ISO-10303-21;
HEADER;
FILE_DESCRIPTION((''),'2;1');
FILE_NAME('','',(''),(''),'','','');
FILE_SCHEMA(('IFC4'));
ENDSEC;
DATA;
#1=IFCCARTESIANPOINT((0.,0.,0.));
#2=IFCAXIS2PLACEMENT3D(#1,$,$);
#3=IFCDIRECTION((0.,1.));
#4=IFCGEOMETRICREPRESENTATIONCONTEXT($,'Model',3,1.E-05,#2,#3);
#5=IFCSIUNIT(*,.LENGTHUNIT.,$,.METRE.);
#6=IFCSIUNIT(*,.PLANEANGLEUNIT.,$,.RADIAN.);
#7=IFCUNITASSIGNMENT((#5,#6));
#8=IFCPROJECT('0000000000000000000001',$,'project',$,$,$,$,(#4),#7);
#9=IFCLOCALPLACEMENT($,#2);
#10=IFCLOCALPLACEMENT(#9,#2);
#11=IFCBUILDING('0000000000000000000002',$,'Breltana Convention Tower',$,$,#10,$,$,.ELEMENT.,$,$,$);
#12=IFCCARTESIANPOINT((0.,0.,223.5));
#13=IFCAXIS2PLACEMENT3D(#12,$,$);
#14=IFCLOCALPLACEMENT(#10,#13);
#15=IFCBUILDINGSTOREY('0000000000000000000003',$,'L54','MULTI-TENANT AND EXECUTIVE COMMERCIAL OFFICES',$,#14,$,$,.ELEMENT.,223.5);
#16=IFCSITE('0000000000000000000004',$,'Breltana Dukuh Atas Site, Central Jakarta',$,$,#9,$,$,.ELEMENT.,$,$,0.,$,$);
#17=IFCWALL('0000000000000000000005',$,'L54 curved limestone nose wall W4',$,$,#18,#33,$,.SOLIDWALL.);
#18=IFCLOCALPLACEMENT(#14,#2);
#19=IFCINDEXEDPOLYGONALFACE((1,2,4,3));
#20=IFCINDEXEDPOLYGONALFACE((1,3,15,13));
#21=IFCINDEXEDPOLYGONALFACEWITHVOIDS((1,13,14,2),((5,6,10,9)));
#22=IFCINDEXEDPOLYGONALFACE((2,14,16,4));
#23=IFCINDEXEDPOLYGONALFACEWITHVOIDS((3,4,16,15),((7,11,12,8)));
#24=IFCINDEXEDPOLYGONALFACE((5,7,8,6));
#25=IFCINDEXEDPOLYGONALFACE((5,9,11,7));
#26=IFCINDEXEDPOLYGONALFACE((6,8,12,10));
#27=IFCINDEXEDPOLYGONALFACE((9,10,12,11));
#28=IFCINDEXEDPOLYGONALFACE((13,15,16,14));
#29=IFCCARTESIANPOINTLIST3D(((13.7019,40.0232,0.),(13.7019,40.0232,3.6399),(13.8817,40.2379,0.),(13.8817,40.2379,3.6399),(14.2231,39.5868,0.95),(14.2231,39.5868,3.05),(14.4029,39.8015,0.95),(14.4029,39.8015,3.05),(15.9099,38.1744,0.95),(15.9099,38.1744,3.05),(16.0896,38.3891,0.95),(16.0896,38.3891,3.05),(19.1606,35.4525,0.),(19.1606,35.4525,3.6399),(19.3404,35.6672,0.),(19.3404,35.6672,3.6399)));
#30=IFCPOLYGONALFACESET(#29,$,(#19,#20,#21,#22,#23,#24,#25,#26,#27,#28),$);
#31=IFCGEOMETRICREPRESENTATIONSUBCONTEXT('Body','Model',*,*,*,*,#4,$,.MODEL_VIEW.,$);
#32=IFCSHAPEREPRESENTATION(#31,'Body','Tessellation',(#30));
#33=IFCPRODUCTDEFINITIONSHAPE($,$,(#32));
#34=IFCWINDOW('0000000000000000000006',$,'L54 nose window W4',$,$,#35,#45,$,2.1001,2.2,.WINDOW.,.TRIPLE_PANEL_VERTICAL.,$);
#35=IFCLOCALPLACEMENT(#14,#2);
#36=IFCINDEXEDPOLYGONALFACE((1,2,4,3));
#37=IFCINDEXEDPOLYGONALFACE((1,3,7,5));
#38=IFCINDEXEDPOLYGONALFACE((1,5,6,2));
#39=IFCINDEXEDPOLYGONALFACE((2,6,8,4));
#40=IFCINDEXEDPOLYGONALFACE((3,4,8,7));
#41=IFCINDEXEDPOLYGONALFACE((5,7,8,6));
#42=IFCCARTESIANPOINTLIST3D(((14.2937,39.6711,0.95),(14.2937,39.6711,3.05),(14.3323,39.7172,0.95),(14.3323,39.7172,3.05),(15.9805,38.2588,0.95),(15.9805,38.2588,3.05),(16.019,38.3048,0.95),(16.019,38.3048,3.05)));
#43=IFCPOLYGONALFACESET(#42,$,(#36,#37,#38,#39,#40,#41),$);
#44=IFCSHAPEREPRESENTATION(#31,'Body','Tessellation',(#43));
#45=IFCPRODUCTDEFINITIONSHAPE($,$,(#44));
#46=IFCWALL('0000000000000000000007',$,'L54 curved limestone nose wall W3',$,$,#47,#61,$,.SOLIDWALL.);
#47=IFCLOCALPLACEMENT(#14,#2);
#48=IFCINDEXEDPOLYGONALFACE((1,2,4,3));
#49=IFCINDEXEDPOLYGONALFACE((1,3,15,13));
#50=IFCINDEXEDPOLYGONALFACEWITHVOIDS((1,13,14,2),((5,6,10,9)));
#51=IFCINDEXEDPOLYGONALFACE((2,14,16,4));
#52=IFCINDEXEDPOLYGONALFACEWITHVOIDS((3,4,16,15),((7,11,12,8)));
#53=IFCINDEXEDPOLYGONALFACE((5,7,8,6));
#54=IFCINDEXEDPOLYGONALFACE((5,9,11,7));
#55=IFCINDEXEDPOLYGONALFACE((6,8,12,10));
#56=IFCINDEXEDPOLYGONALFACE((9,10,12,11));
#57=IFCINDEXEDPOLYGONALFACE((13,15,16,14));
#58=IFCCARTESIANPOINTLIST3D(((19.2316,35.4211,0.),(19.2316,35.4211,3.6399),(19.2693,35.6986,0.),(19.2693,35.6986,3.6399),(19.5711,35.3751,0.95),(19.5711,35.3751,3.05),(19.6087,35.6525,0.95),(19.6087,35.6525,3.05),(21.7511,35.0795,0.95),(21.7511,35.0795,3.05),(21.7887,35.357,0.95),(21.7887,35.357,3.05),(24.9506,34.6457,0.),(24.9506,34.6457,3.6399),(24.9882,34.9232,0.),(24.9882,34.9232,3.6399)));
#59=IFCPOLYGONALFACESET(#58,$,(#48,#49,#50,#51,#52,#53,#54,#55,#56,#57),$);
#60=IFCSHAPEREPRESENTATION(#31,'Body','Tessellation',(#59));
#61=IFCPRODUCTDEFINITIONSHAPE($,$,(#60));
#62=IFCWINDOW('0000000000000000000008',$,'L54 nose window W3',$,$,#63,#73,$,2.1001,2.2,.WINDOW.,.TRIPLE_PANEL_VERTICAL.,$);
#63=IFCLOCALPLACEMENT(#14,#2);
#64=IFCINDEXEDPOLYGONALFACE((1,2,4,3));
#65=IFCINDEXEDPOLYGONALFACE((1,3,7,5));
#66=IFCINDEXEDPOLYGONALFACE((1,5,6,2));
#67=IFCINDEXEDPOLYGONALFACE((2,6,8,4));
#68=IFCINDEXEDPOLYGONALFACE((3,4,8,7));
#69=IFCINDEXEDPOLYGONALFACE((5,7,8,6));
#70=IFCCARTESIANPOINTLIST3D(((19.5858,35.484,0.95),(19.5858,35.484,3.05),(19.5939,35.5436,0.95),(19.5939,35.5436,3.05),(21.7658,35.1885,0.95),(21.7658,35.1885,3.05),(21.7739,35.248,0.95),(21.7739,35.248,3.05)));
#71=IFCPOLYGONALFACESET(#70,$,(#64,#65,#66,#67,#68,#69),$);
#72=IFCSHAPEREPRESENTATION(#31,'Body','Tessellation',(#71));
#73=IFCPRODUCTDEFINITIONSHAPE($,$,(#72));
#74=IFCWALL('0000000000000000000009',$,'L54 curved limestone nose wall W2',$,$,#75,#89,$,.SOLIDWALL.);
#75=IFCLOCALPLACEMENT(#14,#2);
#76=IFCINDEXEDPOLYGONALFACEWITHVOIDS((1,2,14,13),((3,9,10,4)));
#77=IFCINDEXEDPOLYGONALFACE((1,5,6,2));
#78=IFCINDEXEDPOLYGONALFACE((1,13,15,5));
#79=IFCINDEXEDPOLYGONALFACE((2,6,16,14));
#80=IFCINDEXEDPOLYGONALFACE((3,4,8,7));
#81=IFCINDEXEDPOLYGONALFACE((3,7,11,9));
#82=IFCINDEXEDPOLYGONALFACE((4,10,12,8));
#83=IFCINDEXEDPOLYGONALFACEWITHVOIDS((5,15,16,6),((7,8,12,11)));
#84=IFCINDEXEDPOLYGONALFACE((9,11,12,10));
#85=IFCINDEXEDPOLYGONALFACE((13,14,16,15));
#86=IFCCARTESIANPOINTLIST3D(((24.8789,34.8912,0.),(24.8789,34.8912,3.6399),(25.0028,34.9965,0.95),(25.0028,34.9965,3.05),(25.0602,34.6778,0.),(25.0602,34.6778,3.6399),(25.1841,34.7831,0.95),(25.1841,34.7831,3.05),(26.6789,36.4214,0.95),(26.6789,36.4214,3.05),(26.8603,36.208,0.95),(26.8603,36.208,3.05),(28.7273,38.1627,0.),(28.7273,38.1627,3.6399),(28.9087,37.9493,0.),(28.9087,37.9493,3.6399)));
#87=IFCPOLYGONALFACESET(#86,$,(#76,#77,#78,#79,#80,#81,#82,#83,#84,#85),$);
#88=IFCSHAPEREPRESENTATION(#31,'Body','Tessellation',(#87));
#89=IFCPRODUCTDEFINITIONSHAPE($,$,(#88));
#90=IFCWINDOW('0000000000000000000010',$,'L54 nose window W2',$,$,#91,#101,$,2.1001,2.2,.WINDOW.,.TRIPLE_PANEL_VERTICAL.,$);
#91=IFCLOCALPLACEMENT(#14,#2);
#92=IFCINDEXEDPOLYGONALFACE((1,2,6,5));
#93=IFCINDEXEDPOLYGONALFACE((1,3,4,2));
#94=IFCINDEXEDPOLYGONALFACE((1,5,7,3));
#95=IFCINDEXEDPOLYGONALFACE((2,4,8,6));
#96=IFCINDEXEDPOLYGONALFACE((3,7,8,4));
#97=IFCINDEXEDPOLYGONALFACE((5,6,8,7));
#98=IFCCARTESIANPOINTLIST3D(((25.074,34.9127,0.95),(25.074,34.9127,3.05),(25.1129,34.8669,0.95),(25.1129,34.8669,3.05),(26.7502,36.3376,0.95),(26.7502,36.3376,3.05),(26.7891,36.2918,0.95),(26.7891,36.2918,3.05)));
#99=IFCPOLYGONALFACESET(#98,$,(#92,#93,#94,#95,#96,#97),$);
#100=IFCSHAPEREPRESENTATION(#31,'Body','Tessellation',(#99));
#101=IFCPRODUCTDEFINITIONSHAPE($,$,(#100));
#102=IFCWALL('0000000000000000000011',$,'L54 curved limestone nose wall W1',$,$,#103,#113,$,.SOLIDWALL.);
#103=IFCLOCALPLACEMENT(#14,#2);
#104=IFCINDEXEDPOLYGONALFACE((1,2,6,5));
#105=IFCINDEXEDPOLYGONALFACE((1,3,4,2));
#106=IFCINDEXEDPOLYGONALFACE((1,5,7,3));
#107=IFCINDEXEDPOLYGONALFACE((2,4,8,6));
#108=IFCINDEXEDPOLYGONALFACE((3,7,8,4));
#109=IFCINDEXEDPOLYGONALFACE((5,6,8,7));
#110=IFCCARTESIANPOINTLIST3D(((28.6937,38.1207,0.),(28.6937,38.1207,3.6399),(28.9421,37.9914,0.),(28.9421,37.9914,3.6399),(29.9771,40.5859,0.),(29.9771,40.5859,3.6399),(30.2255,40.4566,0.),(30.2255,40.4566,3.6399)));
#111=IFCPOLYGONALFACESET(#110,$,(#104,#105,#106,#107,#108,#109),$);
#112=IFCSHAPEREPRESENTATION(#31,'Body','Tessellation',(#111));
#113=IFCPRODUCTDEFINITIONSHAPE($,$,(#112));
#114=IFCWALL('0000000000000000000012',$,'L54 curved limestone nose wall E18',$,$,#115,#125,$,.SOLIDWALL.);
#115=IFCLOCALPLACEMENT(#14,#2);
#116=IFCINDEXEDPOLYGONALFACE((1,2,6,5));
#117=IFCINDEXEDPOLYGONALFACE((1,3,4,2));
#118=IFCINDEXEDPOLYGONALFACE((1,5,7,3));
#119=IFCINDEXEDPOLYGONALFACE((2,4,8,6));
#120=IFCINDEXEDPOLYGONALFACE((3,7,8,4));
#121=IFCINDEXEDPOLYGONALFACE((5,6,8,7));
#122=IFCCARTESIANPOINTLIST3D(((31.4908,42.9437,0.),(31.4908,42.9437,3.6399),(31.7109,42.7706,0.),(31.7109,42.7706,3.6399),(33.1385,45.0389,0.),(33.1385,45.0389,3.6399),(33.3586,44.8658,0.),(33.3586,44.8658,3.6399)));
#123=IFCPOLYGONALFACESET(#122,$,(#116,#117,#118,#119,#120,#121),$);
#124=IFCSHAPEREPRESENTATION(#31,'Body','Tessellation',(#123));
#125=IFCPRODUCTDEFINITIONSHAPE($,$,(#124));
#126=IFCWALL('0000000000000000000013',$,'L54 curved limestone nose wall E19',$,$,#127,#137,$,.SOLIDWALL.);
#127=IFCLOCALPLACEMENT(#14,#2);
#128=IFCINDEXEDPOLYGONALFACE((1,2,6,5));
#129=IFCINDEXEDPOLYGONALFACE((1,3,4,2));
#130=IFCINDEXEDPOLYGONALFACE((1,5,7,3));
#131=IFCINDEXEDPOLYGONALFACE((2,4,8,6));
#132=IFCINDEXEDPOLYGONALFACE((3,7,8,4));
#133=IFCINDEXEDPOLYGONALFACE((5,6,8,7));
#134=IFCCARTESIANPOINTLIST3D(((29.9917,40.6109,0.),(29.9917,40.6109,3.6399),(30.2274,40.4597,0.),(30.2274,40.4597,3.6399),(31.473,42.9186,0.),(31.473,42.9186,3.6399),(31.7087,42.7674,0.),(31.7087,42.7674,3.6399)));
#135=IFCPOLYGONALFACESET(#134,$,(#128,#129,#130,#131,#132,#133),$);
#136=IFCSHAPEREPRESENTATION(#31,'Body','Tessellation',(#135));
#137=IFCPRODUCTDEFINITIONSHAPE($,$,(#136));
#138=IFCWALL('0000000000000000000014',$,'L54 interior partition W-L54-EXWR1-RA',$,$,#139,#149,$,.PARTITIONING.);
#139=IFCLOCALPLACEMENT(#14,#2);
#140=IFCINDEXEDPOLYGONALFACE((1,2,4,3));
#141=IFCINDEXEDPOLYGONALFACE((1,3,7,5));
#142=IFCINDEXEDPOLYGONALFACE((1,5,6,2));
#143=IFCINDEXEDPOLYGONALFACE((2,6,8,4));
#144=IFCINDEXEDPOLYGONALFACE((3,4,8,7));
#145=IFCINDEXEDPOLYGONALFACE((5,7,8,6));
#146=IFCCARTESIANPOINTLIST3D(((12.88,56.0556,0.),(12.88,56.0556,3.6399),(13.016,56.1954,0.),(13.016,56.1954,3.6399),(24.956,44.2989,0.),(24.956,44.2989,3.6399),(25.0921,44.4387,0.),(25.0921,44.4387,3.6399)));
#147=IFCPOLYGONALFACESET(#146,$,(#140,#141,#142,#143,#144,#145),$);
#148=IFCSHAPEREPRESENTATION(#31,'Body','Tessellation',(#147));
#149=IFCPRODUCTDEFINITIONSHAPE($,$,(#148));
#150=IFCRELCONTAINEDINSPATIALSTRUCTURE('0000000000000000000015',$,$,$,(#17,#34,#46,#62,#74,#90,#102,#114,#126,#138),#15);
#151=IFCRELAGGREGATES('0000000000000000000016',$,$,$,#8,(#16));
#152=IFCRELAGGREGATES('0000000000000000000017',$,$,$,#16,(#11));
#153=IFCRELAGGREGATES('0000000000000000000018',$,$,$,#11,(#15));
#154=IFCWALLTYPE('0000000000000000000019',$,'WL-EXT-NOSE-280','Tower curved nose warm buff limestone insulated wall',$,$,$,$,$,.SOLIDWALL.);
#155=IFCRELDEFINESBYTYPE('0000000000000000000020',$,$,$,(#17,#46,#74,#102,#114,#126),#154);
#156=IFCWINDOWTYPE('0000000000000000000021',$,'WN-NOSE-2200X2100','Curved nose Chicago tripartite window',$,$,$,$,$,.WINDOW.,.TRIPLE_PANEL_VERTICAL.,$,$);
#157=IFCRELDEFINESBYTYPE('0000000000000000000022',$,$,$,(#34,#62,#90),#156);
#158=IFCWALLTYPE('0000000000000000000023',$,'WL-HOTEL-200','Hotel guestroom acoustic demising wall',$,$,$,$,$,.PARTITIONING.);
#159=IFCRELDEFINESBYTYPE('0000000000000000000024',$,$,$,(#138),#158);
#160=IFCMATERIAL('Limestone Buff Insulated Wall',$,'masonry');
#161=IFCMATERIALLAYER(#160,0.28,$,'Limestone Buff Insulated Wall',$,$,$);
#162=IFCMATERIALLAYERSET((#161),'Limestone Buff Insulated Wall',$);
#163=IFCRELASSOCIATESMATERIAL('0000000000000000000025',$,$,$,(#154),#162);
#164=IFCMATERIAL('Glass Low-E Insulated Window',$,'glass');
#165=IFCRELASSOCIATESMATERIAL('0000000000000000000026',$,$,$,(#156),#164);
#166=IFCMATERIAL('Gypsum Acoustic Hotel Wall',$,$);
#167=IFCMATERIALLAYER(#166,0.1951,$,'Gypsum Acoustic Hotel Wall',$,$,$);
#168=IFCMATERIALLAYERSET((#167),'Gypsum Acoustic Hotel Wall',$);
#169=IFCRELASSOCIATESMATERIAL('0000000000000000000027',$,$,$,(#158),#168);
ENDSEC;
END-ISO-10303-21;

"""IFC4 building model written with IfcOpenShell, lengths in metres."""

from ifc_helpers import new_model, si_unit, direction, frame, frame_2d, origin, place, context, subcontext, project, spatial, rectangle, extrude, source, transform, mapped, material, layer, layer_set, type_object, type_shapes, element, fill, save


model = new_model("IFC4")

# Units and contexts
model_context = context("Model", 3, precision=1e-05, world=origin(), true_north=direction((0.0, 1.0)))
body_context = subcontext(model_context, "Body", "Model", "MODEL_VIEW")
ifc_project = project(units=[si_unit("LENGTHUNIT", "METRE"), si_unit("PLANEANGLEUNIT", "RADIAN")], contexts=[model_context])

# Site, building, storey
site_placement = place(None, origin())
site = spatial("IfcSite", under=ifc_project, at=site_placement, Name="Breltana Dukuh Atas Site, Central Jakarta", CompositionType="ELEMENT", RefElevation=0.0)
building_placement = place(site_placement, origin())
building = spatial("IfcBuilding", under=site, at=building_placement, Name="Breltana Convention Tower", CompositionType="ELEMENT")
storey_placement = place(building_placement, frame((0.0, 0.0, 223.5)))
storey = spatial("IfcBuildingStorey", under=building, at=storey_placement, Name="L54", Description="MULTI-TENANT AND EXECUTIVE COMMERCIAL OFFICES", CompositionType="ELEMENT", Elevation=223.5)

# Walls, openings, windows
ifc_material_1 = material(Name="Limestone Buff Insulated Wall", Category="masonry")
ifc_layer_1 = layer(ifc_material_1, 0.28, Name="Limestone Buff Insulated Wall")
ifc_layer_set_1 = layer_set([ifc_layer_1], Name="Limestone Buff Insulated Wall")
wall_type_1 = type_object("IfcWallType", Name="WL-EXT-NOSE-280", Description="Tower curved nose warm buff limestone insulated wall", PredefinedType="SOLIDWALL", material=ifc_layer_set_1)
ifc_material_2 = material(Name="Glass Low-E Insulated Window", Category="glass")
window_type = type_object("IfcWindowType", Name="WN-NOSE-2200X2100", Description="Curved nose Chicago tripartite window", PartitioningType="TRIPLE_PANEL_VERTICAL", PredefinedType="WINDOW", material=ifc_material_2)
shared_shape_1 = source(origin(), body_context, "Body", "SweptSolid", [
    extrude(rectangle(XDim=2.2, YDim=2.1001, at=frame_2d((1.1001, 1.05))), frame((0.0, 0.03, 0.0), z_axis=(0.0, -1.0, 0.0), x_axis=(1.0, 0.0, 0.0)), (0.0, 0.0, 1.0), 0.0601),
])
type_shapes(window_type, [shared_shape_1])
shared_shape_2 = source(origin(), body_context, "Body", "SweptSolid", [
    extrude(rectangle(XDim=7.1196, YDim=0.28, at=frame_2d((3.5598, 0.0))), origin(), (0.0, 0.0, 1.0), 3.6399),
])
wall_1_placement = place(storey_placement, frame((19.2505, 35.5598, 0.0), z_axis=(0.0, 0.0, 1.0), x_axis=(-0.76671, 0.641994, 0.0)))
wall_1 = element("IfcWall", 1, at=wall_1_placement, inside=storey, type_object=wall_type_1, Name="L54 curved limestone nose wall W4", PredefinedType="SOLIDWALL", context=body_context, shape_type="MappedRepresentation", body=[
    mapped(shared_shape_2, transform((0.0, 0.0, 0.0), scale=1.0)),
])
opening_1_placement = place(wall_1_placement, frame((4.2397, 0.0, 0.95)))
opening_1 = element("IfcOpeningElement", 2, at=opening_1_placement, cuts=wall_1, PredefinedType="OPENING", context=body_context, shape_type="SweptSolid", body=[
    extrude(rectangle(XDim=2.2, YDim=2.1001, at=frame_2d((1.1001, 1.05))), frame((0.0, 0.1499, 0.0), z_axis=(0.0, -1.0, 0.0), x_axis=(1.0, 0.0, 0.0)), (0.0, 0.0, 1.0), 0.3),
])
window_1_placement = place(opening_1_placement, origin())
window_1 = element("IfcWindow", 3, at=window_1_placement, inside=storey, type_object=window_type, Name="L54 nose window W4", OverallHeight=2.1001, OverallWidth=2.2, PartitioningType="TRIPLE_PANEL_VERTICAL", PredefinedType="WINDOW", context=body_context, shape_type="MappedRepresentation", body=[
    mapped(shared_shape_1, transform((0.0, 0.0, 0.0), scale=1.0)),
])
fill(opening_1, window_1)
shared_shape_3 = source(origin(), body_context, "Body", "SweptSolid", [
    extrude(rectangle(XDim=5.7712, YDim=0.28, at=frame_2d((2.8857, 0.0))), origin(), (0.0, 0.0, 1.0), 3.6399),
])
wall_2_placement = place(storey_placement, frame((24.9695, 34.7844, 0.0), z_axis=(0.0, 0.0, 1.0), x_axis=(-0.990934, 0.134352, 0.0)))
wall_2 = element("IfcWall", 4, at=wall_2_placement, inside=storey, type_object=wall_type_1, Name="L54 curved limestone nose wall W3", PredefinedType="SOLIDWALL", context=body_context, shape_type="MappedRepresentation", body=[
    mapped(shared_shape_3, transform((0.0, 0.0, 0.0), scale=1.0)),
])
opening_2_placement = place(wall_2_placement, frame((3.2288, 0.0, 0.95)))
opening_2 = element("IfcOpeningElement", 5, at=opening_2_placement, cuts=wall_2, PredefinedType="OPENING", context=body_context, shape_type="SweptSolid", body=[
    extrude(rectangle(XDim=2.2, YDim=2.1001, at=frame_2d((1.1001, 1.05))), frame((0.0, 0.1499, 0.0), z_axis=(0.0, -1.0, 0.0), x_axis=(1.0, 0.0, 0.0)), (0.0, 0.0, 1.0), 0.3),
])
window_2_placement = place(opening_2_placement, origin())
window_2 = element("IfcWindow", 6, at=window_2_placement, inside=storey, type_object=window_type, Name="L54 nose window W3", OverallHeight=2.1001, OverallWidth=2.2, PartitioningType="TRIPLE_PANEL_VERTICAL", PredefinedType="WINDOW", context=body_context, shape_type="MappedRepresentation", body=[
    mapped(shared_shape_1, transform((0.0, 0.0, 0.0), scale=1.0)),
])
fill(opening_2, window_2)
shared_shape_4 = source(origin(), body_context, "Body", "SweptSolid", [
    extrude(rectangle(XDim=5.051, YDim=0.28, at=frame_2d((2.5254, 0.0))), origin(), (0.0, 0.0, 1.0), 3.6399),
])
wall_3_placement = place(storey_placement, frame((28.8179, 38.0559, 0.0), z_axis=(0.0, 0.0, 1.0), x_axis=(-0.761905, -0.647689, 0.0)))
wall_3 = element("IfcWall", 7, at=wall_3_placement, inside=storey, type_object=wall_type_1, Name="L54 curved limestone nose wall W2", PredefinedType="SOLIDWALL", context=body_context, shape_type="MappedRepresentation", body=[
    mapped(shared_shape_4, transform((0.0, 0.0, 0.0), scale=1.0)),
])
opening_3_placement = place(wall_3_placement, frame((2.6882, 0.0, 0.95)))
opening_3 = element("IfcOpeningElement", 8, at=opening_3_placement, cuts=wall_3, PredefinedType="OPENING", context=body_context, shape_type="SweptSolid", body=[
    extrude(rectangle(XDim=2.2, YDim=2.1001, at=frame_2d((1.1001, 1.05))), frame((0.0, 0.1499, 0.0), z_axis=(0.0, -1.0, 0.0), x_axis=(1.0, 0.0, 0.0)), (0.0, 0.0, 1.0), 0.3),
])
window_3_placement = place(opening_3_placement, origin())
window_3 = element("IfcWindow", 9, at=window_3_placement, inside=storey, type_object=window_type, Name="L54 nose window W2", OverallHeight=2.1001, OverallWidth=2.2, PartitioningType="TRIPLE_PANEL_VERTICAL", PredefinedType="WINDOW", context=body_context, shape_type="MappedRepresentation", body=[
    mapped(shared_shape_1, transform((0.0, 0.0, 0.0), scale=1.0)),
])
fill(opening_3, window_3)

# Walls
shared_shape_5 = source(origin(), body_context, "Body", "SweptSolid", [
    extrude(rectangle(XDim=2.7793, YDim=0.28, at=frame_2d((1.3896, 0.0))), origin(), (0.0, 0.0, 1.0), 3.6399),
])
wall_4_placement = place(storey_placement, frame((30.1013, 40.5212, 0.0), z_axis=(0.0, 0.0, 1.0), x_axis=(-0.46177, -0.887, 0.0)))
element("IfcWall", 10, at=wall_4_placement, inside=storey, type_object=wall_type_1, Name="L54 curved limestone nose wall W1", PredefinedType="SOLIDWALL", context=body_context, shape_type="MappedRepresentation", body=[
    mapped(shared_shape_5, transform((0.0, 0.0, 0.0), scale=1.0)),
])
shared_shape_6 = source(origin(), body_context, "Body", "SweptSolid", [
    extrude(rectangle(XDim=2.6655, YDim=0.28, at=frame_2d((1.3328, 0.0))), origin(), (0.0, 0.0, 1.0), 3.6399),
])
wall_5_placement = place(storey_placement, frame((33.2485, 44.9524, 0.0), z_axis=(0.0, 0.0, 1.0), x_axis=(-0.618161, -0.786051, 0.0)))
element("IfcWall", 11, at=wall_5_placement, inside=storey, type_object=wall_type_1, Name="L54 curved limestone nose wall E18", PredefinedType="SOLIDWALL", context=body_context, shape_type="MappedRepresentation", body=[
    mapped(shared_shape_6, transform((0.0, 0.0, 0.0), scale=1.0)),
])
shared_shape_7 = source(origin(), body_context, "Body", "SweptSolid", [
    extrude(rectangle(XDim=2.7422, YDim=0.28, at=frame_2d((1.3711, 0.0))), origin(), (0.0, 0.0, 1.0), 3.6399),
])
wall_6_placement = place(storey_placement, frame((31.5908, 42.843, 0.0), z_axis=(0.0, 0.0, 1.0), x_axis=(-0.540172, -0.841554, 0.0)))
element("IfcWall", 12, at=wall_6_placement, inside=storey, type_object=wall_type_1, Name="L54 curved limestone nose wall E19", PredefinedType="SOLIDWALL", context=body_context, shape_type="MappedRepresentation", body=[
    mapped(shared_shape_7, transform((0.0, 0.0, 0.0), scale=1.0)),
])

# Shared definitions
ifc_material_3 = material(Name="Gypsum Acoustic Hotel Wall")
ifc_layer_2 = layer(ifc_material_3, 0.1951, Name="Gypsum Acoustic Hotel Wall")
ifc_layer_set_2 = layer_set([ifc_layer_2], Name="Gypsum Acoustic Hotel Wall")
wall_type_2 = type_object("IfcWallType", Name="WL-HOTEL-200", Description="Hotel guestroom acoustic demising wall", PredefinedType="PARTITIONING", material=ifc_layer_set_2)

# Wall
shared_shape_8 = source(origin(), body_context, "Body", "SweptSolid", [
    extrude(rectangle(XDim=16.8538, YDim=0.1951, at=frame_2d((8.4268, 0.0))), origin(), (0.0, 0.0, 1.0), 3.6399),
])
wall_7_placement = place(storey_placement, frame((25.0239, 44.3689, 0.0), z_axis=(0.0, 0.0, 1.0), x_axis=(-0.716517, 0.69757, 0.0)))
element("IfcWall", 13, at=wall_7_placement, inside=storey, type_object=wall_type_2, Name="L54 interior partition W-L54-EXWR1-RA", PredefinedType="PARTITIONING", context=body_context, shape_type="MappedRepresentation", body=[
    mapped(shared_shape_8, transform((0.0, 0.0, 0.0), scale=1.0)),
])

save(model, "model.ifc")
